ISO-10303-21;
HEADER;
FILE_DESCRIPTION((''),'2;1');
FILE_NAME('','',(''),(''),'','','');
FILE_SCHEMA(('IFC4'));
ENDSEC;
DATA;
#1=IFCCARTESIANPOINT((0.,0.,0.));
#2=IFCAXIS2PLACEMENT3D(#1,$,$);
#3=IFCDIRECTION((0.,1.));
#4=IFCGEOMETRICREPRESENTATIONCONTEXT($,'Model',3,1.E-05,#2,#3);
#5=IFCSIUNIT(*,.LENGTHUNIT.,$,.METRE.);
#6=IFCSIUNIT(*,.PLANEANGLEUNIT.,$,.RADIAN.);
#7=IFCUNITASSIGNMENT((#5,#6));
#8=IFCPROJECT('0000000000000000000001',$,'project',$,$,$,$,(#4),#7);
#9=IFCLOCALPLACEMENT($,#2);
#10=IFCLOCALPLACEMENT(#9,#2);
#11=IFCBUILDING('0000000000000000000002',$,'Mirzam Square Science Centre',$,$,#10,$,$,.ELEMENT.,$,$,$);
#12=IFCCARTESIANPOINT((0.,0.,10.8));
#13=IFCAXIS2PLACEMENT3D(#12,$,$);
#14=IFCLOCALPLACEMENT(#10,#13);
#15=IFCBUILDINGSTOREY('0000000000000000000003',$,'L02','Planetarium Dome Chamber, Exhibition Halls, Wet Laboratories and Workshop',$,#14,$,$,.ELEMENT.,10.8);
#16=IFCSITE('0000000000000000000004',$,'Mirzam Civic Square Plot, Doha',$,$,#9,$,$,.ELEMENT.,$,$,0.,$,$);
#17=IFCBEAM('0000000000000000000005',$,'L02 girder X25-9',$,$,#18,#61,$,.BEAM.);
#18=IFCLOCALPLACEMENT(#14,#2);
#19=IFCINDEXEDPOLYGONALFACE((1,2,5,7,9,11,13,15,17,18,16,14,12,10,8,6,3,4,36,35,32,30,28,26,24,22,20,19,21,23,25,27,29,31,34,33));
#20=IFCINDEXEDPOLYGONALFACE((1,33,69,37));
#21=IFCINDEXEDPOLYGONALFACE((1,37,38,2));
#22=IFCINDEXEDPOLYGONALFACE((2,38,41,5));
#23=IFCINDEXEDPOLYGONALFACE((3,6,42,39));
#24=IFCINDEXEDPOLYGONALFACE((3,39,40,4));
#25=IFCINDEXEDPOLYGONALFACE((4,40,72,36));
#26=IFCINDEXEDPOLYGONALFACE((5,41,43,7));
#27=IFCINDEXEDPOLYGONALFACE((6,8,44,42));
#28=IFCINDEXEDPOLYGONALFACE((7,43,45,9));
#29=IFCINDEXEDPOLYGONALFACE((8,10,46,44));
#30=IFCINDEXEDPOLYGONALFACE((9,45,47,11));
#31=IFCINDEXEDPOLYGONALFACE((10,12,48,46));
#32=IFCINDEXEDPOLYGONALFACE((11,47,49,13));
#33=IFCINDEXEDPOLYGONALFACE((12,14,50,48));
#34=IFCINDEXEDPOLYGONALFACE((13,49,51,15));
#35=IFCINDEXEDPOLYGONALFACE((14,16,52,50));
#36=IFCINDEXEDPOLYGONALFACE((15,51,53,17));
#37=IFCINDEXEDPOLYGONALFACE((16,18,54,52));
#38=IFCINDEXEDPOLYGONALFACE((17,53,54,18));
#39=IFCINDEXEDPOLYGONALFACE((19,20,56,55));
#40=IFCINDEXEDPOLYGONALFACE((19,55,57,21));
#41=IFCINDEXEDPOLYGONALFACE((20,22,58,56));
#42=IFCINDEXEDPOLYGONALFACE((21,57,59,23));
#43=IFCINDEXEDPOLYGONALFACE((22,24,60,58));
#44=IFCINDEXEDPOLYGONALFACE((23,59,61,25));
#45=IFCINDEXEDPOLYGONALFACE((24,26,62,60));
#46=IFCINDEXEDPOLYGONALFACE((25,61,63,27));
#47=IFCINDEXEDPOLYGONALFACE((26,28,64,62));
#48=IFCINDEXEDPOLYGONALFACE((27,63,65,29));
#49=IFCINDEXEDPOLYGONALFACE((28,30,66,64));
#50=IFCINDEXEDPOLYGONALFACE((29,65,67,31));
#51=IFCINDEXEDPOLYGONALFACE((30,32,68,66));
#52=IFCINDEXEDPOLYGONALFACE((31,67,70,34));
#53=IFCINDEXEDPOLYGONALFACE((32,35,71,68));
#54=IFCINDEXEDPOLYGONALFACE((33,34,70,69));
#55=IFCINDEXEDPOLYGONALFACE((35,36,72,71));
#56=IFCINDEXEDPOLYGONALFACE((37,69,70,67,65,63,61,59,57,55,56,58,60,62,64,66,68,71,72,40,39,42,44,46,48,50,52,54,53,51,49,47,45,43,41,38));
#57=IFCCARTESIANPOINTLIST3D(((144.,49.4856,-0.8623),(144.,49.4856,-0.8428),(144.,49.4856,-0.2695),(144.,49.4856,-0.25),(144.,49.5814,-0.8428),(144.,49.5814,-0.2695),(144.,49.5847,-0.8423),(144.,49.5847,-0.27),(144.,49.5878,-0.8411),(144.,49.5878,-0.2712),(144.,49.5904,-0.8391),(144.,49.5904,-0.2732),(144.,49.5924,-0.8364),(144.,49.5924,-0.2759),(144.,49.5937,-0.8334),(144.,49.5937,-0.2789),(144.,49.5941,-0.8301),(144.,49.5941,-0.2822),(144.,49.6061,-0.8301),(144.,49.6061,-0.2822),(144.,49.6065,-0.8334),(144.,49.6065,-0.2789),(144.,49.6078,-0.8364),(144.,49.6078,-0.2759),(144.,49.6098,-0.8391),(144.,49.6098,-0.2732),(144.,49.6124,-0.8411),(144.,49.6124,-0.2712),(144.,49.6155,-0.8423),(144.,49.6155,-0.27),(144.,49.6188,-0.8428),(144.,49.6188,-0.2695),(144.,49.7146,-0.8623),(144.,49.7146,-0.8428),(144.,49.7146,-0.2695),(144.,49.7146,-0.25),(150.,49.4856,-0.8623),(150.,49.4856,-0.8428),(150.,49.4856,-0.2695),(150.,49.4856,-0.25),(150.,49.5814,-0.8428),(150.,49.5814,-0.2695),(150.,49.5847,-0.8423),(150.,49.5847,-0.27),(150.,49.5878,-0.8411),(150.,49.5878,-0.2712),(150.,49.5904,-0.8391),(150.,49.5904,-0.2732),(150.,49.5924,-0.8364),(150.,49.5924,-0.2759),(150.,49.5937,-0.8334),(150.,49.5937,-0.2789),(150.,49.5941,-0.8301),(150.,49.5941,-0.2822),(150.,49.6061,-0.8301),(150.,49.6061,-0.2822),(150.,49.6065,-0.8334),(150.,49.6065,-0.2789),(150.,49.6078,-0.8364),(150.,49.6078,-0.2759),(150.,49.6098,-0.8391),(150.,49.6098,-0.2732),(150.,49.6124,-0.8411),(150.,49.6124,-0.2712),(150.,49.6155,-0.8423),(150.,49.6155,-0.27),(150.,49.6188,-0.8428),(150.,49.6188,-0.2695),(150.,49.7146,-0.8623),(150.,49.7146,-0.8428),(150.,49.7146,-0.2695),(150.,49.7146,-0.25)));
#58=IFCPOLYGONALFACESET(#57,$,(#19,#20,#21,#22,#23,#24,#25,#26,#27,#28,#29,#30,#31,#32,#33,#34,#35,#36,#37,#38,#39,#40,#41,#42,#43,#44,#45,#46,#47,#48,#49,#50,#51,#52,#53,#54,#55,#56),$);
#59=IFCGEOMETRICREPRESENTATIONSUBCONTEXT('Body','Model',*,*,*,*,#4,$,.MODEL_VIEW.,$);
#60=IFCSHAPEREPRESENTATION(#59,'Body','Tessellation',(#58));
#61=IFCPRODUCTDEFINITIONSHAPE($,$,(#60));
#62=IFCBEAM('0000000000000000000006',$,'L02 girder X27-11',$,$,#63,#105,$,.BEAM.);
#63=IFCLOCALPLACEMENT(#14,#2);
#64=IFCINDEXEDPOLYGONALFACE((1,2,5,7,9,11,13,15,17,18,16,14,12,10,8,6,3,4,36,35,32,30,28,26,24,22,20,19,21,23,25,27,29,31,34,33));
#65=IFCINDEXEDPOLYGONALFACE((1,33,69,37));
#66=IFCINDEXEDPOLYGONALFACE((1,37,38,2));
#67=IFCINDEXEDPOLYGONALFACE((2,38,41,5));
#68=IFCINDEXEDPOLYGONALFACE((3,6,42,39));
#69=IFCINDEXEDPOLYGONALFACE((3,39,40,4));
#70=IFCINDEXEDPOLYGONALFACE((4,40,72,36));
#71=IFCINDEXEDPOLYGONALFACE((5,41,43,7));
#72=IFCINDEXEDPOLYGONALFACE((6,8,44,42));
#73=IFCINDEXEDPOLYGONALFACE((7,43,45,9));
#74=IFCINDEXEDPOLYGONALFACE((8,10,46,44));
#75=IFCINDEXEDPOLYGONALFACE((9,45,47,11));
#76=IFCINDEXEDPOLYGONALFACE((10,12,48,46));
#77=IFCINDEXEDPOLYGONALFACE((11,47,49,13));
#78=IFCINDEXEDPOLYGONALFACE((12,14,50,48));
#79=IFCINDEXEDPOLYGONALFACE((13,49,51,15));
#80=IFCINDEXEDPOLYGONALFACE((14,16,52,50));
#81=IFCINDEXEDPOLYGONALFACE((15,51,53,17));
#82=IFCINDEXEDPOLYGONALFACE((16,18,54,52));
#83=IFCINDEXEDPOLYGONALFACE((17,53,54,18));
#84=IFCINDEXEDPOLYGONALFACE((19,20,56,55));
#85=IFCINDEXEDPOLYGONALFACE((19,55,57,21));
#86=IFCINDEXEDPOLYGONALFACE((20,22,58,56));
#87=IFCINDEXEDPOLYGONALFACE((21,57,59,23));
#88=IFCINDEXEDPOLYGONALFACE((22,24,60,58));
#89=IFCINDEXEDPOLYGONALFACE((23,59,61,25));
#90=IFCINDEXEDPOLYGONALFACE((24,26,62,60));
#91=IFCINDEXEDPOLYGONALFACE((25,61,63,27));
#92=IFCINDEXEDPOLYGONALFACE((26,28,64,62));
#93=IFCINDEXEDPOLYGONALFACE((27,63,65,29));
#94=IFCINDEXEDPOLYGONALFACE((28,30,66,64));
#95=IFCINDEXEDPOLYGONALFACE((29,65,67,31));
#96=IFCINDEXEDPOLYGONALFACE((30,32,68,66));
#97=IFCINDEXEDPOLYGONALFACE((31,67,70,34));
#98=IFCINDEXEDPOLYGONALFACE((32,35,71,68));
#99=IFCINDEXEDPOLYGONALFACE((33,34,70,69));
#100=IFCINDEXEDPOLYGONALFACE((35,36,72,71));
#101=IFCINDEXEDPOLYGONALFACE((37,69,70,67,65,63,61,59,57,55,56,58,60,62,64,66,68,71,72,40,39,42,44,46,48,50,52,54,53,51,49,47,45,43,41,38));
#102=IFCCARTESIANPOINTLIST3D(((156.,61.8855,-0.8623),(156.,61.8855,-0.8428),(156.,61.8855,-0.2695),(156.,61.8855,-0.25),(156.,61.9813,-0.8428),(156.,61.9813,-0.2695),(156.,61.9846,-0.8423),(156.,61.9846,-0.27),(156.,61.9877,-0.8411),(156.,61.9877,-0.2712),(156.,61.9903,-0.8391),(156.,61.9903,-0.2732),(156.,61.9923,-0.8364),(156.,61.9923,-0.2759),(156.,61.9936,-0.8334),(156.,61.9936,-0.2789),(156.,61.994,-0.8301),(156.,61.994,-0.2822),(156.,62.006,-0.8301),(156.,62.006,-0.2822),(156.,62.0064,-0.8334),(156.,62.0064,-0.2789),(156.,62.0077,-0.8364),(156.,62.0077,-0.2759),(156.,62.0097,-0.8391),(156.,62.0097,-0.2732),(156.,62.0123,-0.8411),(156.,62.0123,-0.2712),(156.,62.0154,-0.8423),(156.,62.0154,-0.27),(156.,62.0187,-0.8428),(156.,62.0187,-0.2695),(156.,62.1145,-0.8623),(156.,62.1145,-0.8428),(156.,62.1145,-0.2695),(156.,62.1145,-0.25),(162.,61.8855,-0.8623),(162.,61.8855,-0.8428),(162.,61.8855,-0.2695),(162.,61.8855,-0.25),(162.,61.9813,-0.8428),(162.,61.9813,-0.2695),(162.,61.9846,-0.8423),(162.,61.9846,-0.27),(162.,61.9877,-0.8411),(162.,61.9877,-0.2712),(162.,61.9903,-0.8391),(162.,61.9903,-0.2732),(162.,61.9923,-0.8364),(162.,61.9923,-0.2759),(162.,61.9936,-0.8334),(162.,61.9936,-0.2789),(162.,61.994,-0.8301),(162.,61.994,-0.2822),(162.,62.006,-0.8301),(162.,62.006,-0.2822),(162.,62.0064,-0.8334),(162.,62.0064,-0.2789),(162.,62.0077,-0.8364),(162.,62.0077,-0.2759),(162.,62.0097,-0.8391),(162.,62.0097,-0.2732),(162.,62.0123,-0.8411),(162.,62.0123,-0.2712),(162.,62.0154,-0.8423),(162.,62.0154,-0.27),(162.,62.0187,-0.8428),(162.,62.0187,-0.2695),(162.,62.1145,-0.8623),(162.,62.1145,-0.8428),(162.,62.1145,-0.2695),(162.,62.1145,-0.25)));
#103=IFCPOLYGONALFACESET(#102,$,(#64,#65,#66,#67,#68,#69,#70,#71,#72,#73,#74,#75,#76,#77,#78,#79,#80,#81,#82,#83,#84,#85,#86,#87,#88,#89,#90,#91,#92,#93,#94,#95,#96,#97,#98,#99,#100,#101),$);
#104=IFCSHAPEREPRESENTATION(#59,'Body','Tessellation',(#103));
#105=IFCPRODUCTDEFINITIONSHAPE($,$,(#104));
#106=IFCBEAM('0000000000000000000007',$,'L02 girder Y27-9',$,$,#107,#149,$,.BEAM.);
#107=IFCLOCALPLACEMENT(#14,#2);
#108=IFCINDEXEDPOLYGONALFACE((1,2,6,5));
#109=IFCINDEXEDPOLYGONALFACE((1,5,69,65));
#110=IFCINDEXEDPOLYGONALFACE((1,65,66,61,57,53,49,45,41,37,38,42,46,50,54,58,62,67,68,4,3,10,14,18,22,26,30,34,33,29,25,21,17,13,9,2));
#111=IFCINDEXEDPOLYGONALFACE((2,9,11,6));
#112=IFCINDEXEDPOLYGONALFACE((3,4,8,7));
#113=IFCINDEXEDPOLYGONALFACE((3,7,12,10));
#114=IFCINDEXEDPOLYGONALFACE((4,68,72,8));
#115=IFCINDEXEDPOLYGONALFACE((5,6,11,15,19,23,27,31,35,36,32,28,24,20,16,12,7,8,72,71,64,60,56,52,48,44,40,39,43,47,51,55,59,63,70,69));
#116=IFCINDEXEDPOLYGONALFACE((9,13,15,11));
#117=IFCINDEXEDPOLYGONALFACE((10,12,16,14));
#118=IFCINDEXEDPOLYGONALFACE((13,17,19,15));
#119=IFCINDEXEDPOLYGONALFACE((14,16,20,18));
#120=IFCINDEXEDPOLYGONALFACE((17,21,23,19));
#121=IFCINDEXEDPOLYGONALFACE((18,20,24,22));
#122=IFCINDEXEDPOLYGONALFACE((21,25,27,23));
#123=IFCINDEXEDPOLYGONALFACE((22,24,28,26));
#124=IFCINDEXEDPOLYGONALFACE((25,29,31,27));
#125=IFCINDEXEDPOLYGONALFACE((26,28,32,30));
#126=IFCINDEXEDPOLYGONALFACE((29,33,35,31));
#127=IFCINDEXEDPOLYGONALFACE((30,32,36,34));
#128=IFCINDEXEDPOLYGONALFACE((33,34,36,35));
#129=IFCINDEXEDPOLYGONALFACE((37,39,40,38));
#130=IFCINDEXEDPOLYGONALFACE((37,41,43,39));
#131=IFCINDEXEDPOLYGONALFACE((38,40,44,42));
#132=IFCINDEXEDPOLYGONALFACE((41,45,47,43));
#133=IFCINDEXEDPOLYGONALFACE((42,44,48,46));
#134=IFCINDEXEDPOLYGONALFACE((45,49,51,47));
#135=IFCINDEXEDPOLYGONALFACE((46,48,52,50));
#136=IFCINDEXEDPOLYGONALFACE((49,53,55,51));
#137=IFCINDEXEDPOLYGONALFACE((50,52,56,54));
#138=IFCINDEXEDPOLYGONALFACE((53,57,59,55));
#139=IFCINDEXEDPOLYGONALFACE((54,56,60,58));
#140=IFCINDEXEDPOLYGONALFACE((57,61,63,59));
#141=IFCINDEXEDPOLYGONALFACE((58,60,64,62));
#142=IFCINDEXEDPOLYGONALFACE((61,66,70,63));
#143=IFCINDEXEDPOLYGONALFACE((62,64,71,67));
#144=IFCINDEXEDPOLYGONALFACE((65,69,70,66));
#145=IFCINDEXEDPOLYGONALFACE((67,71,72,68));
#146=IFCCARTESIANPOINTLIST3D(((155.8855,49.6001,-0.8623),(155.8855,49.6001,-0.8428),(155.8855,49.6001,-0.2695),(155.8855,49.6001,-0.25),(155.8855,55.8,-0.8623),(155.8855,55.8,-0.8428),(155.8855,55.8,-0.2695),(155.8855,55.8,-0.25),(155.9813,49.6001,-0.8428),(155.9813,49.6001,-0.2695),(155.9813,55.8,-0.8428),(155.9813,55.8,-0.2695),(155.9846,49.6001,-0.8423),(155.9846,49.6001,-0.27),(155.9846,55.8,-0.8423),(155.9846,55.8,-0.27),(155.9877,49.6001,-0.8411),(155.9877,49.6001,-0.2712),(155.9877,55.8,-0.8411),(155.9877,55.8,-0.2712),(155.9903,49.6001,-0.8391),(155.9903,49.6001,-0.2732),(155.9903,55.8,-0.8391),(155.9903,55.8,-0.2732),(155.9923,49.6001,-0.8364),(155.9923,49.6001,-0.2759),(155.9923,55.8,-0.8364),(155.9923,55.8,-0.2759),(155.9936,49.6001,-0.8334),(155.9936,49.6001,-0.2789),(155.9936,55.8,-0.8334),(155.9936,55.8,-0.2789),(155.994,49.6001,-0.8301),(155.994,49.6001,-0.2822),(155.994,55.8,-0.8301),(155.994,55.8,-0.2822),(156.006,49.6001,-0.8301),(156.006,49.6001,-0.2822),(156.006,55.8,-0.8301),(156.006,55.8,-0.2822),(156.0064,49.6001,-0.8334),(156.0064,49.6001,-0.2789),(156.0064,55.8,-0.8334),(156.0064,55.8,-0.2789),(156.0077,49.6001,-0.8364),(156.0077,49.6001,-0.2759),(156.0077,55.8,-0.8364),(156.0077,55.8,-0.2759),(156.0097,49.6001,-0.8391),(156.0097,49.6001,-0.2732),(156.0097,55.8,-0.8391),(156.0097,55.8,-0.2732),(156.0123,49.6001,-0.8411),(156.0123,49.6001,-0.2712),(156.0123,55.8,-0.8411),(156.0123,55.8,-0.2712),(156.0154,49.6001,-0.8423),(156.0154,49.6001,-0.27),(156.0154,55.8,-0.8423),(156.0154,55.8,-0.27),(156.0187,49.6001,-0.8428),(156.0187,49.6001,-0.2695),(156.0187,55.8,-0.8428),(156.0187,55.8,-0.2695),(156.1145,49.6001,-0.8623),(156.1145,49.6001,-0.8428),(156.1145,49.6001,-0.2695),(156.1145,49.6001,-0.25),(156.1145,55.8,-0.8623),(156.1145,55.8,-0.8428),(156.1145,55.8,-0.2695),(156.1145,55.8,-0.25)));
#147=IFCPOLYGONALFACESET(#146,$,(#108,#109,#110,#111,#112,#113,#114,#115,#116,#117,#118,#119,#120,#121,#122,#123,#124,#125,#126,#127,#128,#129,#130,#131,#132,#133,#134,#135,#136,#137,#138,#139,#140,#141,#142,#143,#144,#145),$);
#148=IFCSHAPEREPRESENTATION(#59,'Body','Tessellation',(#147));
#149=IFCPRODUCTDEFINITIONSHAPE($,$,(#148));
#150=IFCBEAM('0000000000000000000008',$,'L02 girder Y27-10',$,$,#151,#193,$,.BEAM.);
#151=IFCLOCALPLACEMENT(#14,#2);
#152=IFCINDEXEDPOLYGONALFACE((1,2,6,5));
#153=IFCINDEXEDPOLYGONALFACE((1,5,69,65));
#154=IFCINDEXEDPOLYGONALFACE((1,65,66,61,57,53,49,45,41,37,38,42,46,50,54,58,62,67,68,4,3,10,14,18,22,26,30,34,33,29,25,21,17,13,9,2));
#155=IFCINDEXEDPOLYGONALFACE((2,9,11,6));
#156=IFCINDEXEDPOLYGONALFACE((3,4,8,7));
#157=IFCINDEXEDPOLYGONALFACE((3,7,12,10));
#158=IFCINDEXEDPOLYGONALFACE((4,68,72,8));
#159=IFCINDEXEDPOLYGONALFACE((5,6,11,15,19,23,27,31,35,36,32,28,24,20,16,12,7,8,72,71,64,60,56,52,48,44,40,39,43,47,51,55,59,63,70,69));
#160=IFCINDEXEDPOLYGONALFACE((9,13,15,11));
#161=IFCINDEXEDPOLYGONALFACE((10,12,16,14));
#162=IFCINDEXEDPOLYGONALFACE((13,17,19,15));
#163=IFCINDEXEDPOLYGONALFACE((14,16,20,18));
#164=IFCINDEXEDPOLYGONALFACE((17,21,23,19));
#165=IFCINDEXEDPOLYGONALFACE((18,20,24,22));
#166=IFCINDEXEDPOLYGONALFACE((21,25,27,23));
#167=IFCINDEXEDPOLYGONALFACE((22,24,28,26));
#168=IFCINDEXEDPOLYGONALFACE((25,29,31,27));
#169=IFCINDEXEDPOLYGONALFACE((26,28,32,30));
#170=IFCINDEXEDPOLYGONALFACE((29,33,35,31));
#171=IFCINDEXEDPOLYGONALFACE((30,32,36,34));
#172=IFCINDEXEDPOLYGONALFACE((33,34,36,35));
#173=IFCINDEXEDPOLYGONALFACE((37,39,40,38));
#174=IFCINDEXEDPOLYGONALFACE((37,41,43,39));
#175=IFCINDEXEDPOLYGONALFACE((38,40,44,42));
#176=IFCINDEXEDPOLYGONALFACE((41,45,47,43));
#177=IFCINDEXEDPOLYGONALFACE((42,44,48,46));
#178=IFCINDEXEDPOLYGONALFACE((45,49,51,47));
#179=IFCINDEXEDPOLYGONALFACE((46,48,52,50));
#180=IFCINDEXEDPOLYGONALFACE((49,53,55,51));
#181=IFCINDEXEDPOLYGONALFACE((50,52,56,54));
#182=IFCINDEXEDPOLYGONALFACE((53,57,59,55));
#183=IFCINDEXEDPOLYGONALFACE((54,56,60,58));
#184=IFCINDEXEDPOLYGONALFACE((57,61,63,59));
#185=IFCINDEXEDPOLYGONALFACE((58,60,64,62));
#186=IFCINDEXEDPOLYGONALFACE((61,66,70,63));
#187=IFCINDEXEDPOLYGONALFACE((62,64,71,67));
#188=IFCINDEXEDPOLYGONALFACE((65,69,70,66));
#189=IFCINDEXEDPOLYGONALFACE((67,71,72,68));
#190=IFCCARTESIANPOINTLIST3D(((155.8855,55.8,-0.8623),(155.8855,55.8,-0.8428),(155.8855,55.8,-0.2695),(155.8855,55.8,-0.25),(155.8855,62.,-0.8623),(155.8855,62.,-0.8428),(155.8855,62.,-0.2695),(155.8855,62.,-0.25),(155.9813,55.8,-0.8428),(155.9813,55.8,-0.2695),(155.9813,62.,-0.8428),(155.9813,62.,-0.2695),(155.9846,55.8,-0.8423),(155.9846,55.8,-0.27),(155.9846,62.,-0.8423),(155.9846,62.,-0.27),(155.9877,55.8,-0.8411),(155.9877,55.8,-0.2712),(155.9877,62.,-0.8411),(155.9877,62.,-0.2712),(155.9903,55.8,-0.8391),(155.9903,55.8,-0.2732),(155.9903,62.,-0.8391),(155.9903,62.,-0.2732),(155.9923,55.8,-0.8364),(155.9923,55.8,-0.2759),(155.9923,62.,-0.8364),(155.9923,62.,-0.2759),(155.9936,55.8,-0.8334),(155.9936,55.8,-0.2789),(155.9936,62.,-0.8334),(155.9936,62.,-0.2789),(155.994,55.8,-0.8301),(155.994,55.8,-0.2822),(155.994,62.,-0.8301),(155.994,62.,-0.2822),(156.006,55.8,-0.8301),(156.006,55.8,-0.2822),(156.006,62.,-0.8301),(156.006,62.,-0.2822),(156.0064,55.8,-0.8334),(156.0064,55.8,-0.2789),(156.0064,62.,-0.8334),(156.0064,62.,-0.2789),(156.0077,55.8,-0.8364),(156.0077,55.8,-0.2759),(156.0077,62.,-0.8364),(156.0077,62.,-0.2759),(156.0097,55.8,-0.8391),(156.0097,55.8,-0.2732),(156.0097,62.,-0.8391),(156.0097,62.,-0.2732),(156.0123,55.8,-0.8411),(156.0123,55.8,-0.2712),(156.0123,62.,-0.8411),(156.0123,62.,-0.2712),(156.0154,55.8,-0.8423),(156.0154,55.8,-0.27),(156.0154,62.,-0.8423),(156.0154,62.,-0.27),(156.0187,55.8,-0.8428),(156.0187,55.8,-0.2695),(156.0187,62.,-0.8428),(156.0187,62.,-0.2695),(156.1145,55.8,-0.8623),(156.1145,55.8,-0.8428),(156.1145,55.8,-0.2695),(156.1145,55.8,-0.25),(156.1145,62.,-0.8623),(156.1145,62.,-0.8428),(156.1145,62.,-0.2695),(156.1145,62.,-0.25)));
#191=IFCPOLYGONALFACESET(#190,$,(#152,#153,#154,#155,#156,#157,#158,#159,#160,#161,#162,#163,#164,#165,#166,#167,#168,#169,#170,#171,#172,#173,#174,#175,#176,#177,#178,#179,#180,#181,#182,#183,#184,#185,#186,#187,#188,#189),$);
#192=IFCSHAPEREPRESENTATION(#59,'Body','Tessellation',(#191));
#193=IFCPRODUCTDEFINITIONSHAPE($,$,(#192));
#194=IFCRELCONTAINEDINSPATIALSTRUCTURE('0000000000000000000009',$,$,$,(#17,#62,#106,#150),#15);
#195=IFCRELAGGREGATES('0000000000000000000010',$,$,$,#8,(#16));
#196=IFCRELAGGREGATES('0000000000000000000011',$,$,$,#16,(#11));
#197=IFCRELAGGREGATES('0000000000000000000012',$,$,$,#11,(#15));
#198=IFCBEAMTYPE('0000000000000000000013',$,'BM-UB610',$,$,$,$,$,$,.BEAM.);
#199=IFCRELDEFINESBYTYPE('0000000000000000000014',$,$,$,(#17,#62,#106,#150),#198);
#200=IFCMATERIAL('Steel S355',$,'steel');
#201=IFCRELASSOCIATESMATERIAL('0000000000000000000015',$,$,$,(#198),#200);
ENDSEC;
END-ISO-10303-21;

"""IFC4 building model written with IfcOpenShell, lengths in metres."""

from ifc_helpers import new_model, si_unit, direction, frame, origin, origin_2d, place, context, subcontext, project, spatial, i_section, extrude, material, material_profile, profile_set, type_object, element, save


model = new_model("IFC4")

# Units and contexts
model_context = context("Model", 3, precision=1e-05, world=origin(), true_north=direction((0.0, 1.0)))
body_context = subcontext(model_context, "Body", "Model", "MODEL_VIEW")
ifc_project = project(units=[si_unit("LENGTHUNIT", "METRE"), si_unit("PLANEANGLEUNIT", "RADIAN")], contexts=[model_context])

# Site, building, storey
site_placement = place(None, origin())
site = spatial("IfcSite", under=ifc_project, at=site_placement, Name="Mirzam Civic Square Plot, Doha", CompositionType="ELEMENT", RefElevation=0.0)
building_placement = place(site_placement, origin())
building = spatial("IfcBuilding", under=site, at=building_placement, Name="Mirzam Square Science Centre", CompositionType="ELEMENT")
storey_placement = place(building_placement, frame((0.0, 0.0, 10.8)))
storey = spatial("IfcBuildingStorey", under=building, at=storey_placement, Name="L02", Description="Planetarium Dome Chamber, Exhibition Halls, Wet Laboratories and Workshop", CompositionType="ELEMENT", Elevation=10.8)

# Shared definitions
ifc_material_1 = material(Name="Steel S355", Category="steel")

# Beams
ifc_material_profile_1 = material_profile(ifc_material_1, i_section(OverallWidth=0.229, OverallDepth=0.6123, WebThickness=0.012, FlangeThickness=0.0195, FilletRadius=0.0127, at=origin_2d()), Name="610x229x125UB")
ifc_profile_set_1 = profile_set([ifc_material_profile_1], Name="Steel S355")
beam_type_1 = type_object("IfcBeamType", Name="BM-UB610", PredefinedType="BEAM", material=ifc_profile_set_1)
for number, where, z_axis, x_axis, name in (
    (1, (144.0, 49.6001, -0.5562), (1.0, 0.0, 0.0), (0.0, 1.0, 0.0), "L02 girder X25-9"),
    (2, (156.0, 62.0, -0.5562), (1.0, 0.0, 0.0), (0.0, 1.0, 0.0), "L02 girder X27-11"),
):
    element("IfcBeam", number, at=place(storey_placement, frame(where, z_axis=z_axis, x_axis=x_axis)), inside=storey, type_object=beam_type_1, Name=name, PredefinedType="BEAM", context=body_context, shape_type="SweptSolid", body=[
        extrude(i_section(OverallWidth=0.229, OverallDepth=0.6123, WebThickness=0.012, FlangeThickness=0.0195, FilletRadius=0.0127, at=origin_2d()), origin(), (0.0, 0.0, 1.0), 6.0),
    ])
for number, where, z_axis, x_axis, name in (
    (3, (156.0, 49.6001, -0.5562), (0.0, 1.0, 0.0), (-1.0, 0.0, 0.0), "L02 girder Y27-9"),
    (4, (156.0, 55.8, -0.5562), (0.0, 1.0, 0.0), (-1.0, 0.0, 0.0), "L02 girder Y27-10"),
):
    element("IfcBeam", number, at=place(storey_placement, frame(where, z_axis=z_axis, x_axis=x_axis)), inside=storey, type_object=beam_type_1, Name=name, PredefinedType="BEAM", context=body_context, shape_type="SweptSolid", body=[
        extrude(i_section(OverallWidth=0.229, OverallDepth=0.6123, WebThickness=0.012, FlangeThickness=0.0195, FilletRadius=0.0127, at=origin_2d()), origin(), (0.0, 0.0, 1.0), 6.2),
    ])

save(model, "model.ifc")
